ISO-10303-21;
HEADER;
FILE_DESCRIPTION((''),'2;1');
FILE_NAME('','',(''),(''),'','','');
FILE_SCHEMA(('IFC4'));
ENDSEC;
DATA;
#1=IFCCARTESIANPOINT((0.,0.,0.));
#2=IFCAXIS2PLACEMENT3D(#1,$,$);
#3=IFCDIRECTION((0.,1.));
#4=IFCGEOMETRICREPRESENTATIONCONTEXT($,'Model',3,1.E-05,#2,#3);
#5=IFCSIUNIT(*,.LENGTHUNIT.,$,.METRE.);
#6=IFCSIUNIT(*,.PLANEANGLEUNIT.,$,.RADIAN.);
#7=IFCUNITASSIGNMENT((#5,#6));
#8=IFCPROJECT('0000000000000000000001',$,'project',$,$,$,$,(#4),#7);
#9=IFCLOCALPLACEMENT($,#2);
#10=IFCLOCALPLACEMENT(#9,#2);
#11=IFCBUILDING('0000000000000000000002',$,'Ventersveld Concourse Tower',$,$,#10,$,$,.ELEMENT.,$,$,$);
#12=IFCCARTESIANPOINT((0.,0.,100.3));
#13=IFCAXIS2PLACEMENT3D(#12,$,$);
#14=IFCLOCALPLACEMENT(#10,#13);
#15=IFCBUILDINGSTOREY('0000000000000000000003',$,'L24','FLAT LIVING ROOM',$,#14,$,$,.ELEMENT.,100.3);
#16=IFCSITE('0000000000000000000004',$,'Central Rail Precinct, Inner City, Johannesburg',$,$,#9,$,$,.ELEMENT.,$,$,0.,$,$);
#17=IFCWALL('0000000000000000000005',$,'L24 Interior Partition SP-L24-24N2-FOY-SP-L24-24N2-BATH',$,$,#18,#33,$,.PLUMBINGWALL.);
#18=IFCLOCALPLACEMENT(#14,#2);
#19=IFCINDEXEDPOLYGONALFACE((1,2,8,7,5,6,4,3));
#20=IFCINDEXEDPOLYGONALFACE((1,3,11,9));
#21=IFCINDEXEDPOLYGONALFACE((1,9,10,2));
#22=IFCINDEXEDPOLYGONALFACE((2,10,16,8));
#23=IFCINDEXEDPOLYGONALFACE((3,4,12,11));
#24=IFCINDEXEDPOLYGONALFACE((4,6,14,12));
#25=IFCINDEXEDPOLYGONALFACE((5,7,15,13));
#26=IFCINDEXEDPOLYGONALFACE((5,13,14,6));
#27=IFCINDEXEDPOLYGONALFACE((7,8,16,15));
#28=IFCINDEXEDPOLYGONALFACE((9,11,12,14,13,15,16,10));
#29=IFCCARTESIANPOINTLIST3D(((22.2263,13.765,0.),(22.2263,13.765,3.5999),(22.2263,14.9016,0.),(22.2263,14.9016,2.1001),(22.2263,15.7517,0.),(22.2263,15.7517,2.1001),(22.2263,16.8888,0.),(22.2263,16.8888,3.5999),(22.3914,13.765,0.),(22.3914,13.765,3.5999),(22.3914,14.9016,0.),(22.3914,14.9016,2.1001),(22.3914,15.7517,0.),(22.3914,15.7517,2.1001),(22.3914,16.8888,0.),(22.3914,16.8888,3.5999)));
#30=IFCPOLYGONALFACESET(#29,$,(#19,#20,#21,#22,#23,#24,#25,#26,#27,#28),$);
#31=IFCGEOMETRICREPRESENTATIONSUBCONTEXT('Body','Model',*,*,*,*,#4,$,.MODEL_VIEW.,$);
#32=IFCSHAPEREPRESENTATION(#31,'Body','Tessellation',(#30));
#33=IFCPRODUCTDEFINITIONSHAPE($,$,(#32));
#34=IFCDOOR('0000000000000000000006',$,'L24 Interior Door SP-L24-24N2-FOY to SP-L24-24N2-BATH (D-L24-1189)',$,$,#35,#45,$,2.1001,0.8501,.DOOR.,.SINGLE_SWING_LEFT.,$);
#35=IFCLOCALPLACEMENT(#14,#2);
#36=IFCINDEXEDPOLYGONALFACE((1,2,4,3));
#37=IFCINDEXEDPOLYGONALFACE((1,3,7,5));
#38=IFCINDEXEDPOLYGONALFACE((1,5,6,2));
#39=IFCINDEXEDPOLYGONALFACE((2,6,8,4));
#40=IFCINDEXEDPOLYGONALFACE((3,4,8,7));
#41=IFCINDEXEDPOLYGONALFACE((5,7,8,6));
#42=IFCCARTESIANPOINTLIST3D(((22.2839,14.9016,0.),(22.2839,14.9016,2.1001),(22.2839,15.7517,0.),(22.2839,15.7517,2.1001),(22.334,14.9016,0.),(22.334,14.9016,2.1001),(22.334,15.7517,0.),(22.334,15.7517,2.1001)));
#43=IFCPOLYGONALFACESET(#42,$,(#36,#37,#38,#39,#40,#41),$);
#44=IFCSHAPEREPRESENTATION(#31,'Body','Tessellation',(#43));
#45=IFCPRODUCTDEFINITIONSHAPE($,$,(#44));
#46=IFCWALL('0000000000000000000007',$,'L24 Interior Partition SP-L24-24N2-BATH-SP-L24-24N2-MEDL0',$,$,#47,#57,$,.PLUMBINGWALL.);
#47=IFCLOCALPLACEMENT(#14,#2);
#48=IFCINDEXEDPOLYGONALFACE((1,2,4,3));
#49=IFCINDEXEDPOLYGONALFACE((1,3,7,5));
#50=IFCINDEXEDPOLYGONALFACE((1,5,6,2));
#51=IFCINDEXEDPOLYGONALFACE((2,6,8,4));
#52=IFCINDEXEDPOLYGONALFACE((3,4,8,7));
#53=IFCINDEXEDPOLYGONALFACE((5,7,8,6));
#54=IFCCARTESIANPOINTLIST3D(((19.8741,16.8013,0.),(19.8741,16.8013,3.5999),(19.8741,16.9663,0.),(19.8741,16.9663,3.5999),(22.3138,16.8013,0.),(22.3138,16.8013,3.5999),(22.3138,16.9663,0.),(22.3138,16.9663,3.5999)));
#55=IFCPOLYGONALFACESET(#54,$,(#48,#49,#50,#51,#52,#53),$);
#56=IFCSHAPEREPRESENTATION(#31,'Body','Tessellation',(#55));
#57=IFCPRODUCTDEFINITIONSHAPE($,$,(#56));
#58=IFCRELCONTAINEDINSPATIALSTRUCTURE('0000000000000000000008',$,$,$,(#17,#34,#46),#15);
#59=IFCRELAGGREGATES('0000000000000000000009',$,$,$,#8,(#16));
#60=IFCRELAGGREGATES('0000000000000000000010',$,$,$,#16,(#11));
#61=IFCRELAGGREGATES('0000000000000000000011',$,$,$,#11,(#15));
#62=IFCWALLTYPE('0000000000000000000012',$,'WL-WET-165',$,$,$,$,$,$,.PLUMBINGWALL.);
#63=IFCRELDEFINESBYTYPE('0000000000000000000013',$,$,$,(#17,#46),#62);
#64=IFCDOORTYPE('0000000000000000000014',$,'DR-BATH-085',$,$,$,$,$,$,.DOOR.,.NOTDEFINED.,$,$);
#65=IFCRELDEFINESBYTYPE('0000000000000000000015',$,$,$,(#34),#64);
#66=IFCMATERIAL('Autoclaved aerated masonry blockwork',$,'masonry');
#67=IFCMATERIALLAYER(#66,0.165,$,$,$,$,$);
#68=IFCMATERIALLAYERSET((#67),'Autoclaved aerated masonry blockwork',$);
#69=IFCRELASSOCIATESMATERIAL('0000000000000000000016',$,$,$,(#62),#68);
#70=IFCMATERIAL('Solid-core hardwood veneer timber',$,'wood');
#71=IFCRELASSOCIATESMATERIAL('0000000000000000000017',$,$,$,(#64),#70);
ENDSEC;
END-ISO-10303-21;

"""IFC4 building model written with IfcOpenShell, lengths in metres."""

from ifc_helpers import new_model, si_unit, direction, frame, frame_2d, origin, place, context, subcontext, project, spatial, rectangle, extrude, material, layer, layer_set, type_object, element, fill, save


model = new_model("IFC4")

# Units and contexts
model_context = context("Model", 3, precision=1e-05, world=origin(), true_north=direction((0.0, 1.0)))
body_context = subcontext(model_context, "Body", "Model", "MODEL_VIEW")
ifc_project = project(units=[si_unit("LENGTHUNIT", "METRE"), si_unit("PLANEANGLEUNIT", "RADIAN")], contexts=[model_context])

# Site, building, storey
site_placement = place(None, origin())
site = spatial("IfcSite", under=ifc_project, at=site_placement, Name="Central Rail Precinct, Inner City, Johannesburg", CompositionType="ELEMENT", RefElevation=0.0)
building_placement = place(site_placement, origin())
building = spatial("IfcBuilding", under=site, at=building_placement, Name="Ventersveld Concourse Tower", CompositionType="ELEMENT")
storey_placement = place(building_placement, frame((0.0, 0.0, 100.3)))
storey = spatial("IfcBuildingStorey", under=building, at=storey_placement, Name="L24", Description="FLAT LIVING ROOM", CompositionType="ELEMENT", Elevation=100.3)

# Shared definitions
ifc_material_1 = material(Name="Solid-core hardwood veneer timber", Category="wood")

# Shared definitions
ifc_material_2 = material(Name="Autoclaved aerated masonry blockwork", Category="masonry")

# Wall, opening, door
ifc_layer_1 = layer(ifc_material_2, 0.165)
ifc_layer_set_1 = layer_set([ifc_layer_1], Name="Autoclaved aerated masonry blockwork")
wall_type_1 = type_object("IfcWallType", Name="WL-WET-165", PredefinedType="PLUMBINGWALL", material=ifc_layer_set_1)
wall_1_placement = place(storey_placement, frame((22.3088, 13.7649, 0.0), z_axis=(0.0, 0.0, 1.0), x_axis=(0.0, 1.0, 0.0)))
wall_1 = element("IfcWall", 1, at=wall_1_placement, inside=storey, type_object=wall_type_1, Name="L24 Interior Partition SP-L24-24N2-FOY-SP-L24-24N2-BATH", PredefinedType="PLUMBINGWALL", context=body_context, shape_type="SweptSolid", body=[
    extrude(rectangle(XDim=3.1238, YDim=0.165, at=frame_2d((1.562, 0.0))), origin(), (0.0, 0.0, 1.0), 3.5999),
])
opening_1_placement = place(wall_1_placement, frame((1.1367, 0.0, 0.0)))
opening_1 = element("IfcOpeningElement", 2, at=opening_1_placement, cuts=wall_1, PredefinedType="OPENING", context=body_context, shape_type="SweptSolid", body=[
    extrude(rectangle(XDim=0.8501, YDim=2.1001, at=frame_2d((0.425, 1.05))), frame((0.0, 0.0925, 0.0), z_axis=(0.0, -1.0, 0.0), x_axis=(1.0, 0.0, 0.0)), (0.0, 0.0, 1.0), 0.1851),
])
door_type_1 = type_object("IfcDoorType", Name="DR-BATH-085", OperationType="NOTDEFINED", PredefinedType="DOOR", material=ifc_material_1)
door_1_placement = place(opening_1_placement, origin())
door_1 = element("IfcDoor", 3, at=door_1_placement, inside=storey, type_object=door_type_1, Name="L24 Interior Door SP-L24-24N2-FOY to SP-L24-24N2-BATH (D-L24-1189)", OperationType="SINGLE_SWING_LEFT", OverallHeight=2.1001, OverallWidth=0.8501, PredefinedType="DOOR", context=body_context, shape_type="SweptSolid", body=[
    extrude(rectangle(XDim=0.8501, YDim=2.1001, at=frame_2d((0.425, 1.05))), frame((0.0, 0.0249, 0.0), z_axis=(0.0, -1.0, 0.0), x_axis=(1.0, 0.0, 0.0)), (0.0, 0.0, 1.0), 0.05),
])
fill(opening_1, door_1)

# Wall
wall_2_placement = place(storey_placement, frame((19.8743, 16.8838, 0.0), z_axis=(0.0, 0.0, 1.0), x_axis=(1.0, 0.0, 0.0)))
element("IfcWall", 4, at=wall_2_placement, inside=storey, type_object=wall_type_1, Name="L24 Interior Partition SP-L24-24N2-BATH-SP-L24-24N2-MEDL0", PredefinedType="PLUMBINGWALL", context=body_context, shape_type="SweptSolid", body=[
    extrude(rectangle(XDim=2.4397, YDim=0.165, at=frame_2d((1.2197, 0.0))), origin(), (0.0, 0.0, 1.0), 3.5999),
])

save(model, "model.ifc")
